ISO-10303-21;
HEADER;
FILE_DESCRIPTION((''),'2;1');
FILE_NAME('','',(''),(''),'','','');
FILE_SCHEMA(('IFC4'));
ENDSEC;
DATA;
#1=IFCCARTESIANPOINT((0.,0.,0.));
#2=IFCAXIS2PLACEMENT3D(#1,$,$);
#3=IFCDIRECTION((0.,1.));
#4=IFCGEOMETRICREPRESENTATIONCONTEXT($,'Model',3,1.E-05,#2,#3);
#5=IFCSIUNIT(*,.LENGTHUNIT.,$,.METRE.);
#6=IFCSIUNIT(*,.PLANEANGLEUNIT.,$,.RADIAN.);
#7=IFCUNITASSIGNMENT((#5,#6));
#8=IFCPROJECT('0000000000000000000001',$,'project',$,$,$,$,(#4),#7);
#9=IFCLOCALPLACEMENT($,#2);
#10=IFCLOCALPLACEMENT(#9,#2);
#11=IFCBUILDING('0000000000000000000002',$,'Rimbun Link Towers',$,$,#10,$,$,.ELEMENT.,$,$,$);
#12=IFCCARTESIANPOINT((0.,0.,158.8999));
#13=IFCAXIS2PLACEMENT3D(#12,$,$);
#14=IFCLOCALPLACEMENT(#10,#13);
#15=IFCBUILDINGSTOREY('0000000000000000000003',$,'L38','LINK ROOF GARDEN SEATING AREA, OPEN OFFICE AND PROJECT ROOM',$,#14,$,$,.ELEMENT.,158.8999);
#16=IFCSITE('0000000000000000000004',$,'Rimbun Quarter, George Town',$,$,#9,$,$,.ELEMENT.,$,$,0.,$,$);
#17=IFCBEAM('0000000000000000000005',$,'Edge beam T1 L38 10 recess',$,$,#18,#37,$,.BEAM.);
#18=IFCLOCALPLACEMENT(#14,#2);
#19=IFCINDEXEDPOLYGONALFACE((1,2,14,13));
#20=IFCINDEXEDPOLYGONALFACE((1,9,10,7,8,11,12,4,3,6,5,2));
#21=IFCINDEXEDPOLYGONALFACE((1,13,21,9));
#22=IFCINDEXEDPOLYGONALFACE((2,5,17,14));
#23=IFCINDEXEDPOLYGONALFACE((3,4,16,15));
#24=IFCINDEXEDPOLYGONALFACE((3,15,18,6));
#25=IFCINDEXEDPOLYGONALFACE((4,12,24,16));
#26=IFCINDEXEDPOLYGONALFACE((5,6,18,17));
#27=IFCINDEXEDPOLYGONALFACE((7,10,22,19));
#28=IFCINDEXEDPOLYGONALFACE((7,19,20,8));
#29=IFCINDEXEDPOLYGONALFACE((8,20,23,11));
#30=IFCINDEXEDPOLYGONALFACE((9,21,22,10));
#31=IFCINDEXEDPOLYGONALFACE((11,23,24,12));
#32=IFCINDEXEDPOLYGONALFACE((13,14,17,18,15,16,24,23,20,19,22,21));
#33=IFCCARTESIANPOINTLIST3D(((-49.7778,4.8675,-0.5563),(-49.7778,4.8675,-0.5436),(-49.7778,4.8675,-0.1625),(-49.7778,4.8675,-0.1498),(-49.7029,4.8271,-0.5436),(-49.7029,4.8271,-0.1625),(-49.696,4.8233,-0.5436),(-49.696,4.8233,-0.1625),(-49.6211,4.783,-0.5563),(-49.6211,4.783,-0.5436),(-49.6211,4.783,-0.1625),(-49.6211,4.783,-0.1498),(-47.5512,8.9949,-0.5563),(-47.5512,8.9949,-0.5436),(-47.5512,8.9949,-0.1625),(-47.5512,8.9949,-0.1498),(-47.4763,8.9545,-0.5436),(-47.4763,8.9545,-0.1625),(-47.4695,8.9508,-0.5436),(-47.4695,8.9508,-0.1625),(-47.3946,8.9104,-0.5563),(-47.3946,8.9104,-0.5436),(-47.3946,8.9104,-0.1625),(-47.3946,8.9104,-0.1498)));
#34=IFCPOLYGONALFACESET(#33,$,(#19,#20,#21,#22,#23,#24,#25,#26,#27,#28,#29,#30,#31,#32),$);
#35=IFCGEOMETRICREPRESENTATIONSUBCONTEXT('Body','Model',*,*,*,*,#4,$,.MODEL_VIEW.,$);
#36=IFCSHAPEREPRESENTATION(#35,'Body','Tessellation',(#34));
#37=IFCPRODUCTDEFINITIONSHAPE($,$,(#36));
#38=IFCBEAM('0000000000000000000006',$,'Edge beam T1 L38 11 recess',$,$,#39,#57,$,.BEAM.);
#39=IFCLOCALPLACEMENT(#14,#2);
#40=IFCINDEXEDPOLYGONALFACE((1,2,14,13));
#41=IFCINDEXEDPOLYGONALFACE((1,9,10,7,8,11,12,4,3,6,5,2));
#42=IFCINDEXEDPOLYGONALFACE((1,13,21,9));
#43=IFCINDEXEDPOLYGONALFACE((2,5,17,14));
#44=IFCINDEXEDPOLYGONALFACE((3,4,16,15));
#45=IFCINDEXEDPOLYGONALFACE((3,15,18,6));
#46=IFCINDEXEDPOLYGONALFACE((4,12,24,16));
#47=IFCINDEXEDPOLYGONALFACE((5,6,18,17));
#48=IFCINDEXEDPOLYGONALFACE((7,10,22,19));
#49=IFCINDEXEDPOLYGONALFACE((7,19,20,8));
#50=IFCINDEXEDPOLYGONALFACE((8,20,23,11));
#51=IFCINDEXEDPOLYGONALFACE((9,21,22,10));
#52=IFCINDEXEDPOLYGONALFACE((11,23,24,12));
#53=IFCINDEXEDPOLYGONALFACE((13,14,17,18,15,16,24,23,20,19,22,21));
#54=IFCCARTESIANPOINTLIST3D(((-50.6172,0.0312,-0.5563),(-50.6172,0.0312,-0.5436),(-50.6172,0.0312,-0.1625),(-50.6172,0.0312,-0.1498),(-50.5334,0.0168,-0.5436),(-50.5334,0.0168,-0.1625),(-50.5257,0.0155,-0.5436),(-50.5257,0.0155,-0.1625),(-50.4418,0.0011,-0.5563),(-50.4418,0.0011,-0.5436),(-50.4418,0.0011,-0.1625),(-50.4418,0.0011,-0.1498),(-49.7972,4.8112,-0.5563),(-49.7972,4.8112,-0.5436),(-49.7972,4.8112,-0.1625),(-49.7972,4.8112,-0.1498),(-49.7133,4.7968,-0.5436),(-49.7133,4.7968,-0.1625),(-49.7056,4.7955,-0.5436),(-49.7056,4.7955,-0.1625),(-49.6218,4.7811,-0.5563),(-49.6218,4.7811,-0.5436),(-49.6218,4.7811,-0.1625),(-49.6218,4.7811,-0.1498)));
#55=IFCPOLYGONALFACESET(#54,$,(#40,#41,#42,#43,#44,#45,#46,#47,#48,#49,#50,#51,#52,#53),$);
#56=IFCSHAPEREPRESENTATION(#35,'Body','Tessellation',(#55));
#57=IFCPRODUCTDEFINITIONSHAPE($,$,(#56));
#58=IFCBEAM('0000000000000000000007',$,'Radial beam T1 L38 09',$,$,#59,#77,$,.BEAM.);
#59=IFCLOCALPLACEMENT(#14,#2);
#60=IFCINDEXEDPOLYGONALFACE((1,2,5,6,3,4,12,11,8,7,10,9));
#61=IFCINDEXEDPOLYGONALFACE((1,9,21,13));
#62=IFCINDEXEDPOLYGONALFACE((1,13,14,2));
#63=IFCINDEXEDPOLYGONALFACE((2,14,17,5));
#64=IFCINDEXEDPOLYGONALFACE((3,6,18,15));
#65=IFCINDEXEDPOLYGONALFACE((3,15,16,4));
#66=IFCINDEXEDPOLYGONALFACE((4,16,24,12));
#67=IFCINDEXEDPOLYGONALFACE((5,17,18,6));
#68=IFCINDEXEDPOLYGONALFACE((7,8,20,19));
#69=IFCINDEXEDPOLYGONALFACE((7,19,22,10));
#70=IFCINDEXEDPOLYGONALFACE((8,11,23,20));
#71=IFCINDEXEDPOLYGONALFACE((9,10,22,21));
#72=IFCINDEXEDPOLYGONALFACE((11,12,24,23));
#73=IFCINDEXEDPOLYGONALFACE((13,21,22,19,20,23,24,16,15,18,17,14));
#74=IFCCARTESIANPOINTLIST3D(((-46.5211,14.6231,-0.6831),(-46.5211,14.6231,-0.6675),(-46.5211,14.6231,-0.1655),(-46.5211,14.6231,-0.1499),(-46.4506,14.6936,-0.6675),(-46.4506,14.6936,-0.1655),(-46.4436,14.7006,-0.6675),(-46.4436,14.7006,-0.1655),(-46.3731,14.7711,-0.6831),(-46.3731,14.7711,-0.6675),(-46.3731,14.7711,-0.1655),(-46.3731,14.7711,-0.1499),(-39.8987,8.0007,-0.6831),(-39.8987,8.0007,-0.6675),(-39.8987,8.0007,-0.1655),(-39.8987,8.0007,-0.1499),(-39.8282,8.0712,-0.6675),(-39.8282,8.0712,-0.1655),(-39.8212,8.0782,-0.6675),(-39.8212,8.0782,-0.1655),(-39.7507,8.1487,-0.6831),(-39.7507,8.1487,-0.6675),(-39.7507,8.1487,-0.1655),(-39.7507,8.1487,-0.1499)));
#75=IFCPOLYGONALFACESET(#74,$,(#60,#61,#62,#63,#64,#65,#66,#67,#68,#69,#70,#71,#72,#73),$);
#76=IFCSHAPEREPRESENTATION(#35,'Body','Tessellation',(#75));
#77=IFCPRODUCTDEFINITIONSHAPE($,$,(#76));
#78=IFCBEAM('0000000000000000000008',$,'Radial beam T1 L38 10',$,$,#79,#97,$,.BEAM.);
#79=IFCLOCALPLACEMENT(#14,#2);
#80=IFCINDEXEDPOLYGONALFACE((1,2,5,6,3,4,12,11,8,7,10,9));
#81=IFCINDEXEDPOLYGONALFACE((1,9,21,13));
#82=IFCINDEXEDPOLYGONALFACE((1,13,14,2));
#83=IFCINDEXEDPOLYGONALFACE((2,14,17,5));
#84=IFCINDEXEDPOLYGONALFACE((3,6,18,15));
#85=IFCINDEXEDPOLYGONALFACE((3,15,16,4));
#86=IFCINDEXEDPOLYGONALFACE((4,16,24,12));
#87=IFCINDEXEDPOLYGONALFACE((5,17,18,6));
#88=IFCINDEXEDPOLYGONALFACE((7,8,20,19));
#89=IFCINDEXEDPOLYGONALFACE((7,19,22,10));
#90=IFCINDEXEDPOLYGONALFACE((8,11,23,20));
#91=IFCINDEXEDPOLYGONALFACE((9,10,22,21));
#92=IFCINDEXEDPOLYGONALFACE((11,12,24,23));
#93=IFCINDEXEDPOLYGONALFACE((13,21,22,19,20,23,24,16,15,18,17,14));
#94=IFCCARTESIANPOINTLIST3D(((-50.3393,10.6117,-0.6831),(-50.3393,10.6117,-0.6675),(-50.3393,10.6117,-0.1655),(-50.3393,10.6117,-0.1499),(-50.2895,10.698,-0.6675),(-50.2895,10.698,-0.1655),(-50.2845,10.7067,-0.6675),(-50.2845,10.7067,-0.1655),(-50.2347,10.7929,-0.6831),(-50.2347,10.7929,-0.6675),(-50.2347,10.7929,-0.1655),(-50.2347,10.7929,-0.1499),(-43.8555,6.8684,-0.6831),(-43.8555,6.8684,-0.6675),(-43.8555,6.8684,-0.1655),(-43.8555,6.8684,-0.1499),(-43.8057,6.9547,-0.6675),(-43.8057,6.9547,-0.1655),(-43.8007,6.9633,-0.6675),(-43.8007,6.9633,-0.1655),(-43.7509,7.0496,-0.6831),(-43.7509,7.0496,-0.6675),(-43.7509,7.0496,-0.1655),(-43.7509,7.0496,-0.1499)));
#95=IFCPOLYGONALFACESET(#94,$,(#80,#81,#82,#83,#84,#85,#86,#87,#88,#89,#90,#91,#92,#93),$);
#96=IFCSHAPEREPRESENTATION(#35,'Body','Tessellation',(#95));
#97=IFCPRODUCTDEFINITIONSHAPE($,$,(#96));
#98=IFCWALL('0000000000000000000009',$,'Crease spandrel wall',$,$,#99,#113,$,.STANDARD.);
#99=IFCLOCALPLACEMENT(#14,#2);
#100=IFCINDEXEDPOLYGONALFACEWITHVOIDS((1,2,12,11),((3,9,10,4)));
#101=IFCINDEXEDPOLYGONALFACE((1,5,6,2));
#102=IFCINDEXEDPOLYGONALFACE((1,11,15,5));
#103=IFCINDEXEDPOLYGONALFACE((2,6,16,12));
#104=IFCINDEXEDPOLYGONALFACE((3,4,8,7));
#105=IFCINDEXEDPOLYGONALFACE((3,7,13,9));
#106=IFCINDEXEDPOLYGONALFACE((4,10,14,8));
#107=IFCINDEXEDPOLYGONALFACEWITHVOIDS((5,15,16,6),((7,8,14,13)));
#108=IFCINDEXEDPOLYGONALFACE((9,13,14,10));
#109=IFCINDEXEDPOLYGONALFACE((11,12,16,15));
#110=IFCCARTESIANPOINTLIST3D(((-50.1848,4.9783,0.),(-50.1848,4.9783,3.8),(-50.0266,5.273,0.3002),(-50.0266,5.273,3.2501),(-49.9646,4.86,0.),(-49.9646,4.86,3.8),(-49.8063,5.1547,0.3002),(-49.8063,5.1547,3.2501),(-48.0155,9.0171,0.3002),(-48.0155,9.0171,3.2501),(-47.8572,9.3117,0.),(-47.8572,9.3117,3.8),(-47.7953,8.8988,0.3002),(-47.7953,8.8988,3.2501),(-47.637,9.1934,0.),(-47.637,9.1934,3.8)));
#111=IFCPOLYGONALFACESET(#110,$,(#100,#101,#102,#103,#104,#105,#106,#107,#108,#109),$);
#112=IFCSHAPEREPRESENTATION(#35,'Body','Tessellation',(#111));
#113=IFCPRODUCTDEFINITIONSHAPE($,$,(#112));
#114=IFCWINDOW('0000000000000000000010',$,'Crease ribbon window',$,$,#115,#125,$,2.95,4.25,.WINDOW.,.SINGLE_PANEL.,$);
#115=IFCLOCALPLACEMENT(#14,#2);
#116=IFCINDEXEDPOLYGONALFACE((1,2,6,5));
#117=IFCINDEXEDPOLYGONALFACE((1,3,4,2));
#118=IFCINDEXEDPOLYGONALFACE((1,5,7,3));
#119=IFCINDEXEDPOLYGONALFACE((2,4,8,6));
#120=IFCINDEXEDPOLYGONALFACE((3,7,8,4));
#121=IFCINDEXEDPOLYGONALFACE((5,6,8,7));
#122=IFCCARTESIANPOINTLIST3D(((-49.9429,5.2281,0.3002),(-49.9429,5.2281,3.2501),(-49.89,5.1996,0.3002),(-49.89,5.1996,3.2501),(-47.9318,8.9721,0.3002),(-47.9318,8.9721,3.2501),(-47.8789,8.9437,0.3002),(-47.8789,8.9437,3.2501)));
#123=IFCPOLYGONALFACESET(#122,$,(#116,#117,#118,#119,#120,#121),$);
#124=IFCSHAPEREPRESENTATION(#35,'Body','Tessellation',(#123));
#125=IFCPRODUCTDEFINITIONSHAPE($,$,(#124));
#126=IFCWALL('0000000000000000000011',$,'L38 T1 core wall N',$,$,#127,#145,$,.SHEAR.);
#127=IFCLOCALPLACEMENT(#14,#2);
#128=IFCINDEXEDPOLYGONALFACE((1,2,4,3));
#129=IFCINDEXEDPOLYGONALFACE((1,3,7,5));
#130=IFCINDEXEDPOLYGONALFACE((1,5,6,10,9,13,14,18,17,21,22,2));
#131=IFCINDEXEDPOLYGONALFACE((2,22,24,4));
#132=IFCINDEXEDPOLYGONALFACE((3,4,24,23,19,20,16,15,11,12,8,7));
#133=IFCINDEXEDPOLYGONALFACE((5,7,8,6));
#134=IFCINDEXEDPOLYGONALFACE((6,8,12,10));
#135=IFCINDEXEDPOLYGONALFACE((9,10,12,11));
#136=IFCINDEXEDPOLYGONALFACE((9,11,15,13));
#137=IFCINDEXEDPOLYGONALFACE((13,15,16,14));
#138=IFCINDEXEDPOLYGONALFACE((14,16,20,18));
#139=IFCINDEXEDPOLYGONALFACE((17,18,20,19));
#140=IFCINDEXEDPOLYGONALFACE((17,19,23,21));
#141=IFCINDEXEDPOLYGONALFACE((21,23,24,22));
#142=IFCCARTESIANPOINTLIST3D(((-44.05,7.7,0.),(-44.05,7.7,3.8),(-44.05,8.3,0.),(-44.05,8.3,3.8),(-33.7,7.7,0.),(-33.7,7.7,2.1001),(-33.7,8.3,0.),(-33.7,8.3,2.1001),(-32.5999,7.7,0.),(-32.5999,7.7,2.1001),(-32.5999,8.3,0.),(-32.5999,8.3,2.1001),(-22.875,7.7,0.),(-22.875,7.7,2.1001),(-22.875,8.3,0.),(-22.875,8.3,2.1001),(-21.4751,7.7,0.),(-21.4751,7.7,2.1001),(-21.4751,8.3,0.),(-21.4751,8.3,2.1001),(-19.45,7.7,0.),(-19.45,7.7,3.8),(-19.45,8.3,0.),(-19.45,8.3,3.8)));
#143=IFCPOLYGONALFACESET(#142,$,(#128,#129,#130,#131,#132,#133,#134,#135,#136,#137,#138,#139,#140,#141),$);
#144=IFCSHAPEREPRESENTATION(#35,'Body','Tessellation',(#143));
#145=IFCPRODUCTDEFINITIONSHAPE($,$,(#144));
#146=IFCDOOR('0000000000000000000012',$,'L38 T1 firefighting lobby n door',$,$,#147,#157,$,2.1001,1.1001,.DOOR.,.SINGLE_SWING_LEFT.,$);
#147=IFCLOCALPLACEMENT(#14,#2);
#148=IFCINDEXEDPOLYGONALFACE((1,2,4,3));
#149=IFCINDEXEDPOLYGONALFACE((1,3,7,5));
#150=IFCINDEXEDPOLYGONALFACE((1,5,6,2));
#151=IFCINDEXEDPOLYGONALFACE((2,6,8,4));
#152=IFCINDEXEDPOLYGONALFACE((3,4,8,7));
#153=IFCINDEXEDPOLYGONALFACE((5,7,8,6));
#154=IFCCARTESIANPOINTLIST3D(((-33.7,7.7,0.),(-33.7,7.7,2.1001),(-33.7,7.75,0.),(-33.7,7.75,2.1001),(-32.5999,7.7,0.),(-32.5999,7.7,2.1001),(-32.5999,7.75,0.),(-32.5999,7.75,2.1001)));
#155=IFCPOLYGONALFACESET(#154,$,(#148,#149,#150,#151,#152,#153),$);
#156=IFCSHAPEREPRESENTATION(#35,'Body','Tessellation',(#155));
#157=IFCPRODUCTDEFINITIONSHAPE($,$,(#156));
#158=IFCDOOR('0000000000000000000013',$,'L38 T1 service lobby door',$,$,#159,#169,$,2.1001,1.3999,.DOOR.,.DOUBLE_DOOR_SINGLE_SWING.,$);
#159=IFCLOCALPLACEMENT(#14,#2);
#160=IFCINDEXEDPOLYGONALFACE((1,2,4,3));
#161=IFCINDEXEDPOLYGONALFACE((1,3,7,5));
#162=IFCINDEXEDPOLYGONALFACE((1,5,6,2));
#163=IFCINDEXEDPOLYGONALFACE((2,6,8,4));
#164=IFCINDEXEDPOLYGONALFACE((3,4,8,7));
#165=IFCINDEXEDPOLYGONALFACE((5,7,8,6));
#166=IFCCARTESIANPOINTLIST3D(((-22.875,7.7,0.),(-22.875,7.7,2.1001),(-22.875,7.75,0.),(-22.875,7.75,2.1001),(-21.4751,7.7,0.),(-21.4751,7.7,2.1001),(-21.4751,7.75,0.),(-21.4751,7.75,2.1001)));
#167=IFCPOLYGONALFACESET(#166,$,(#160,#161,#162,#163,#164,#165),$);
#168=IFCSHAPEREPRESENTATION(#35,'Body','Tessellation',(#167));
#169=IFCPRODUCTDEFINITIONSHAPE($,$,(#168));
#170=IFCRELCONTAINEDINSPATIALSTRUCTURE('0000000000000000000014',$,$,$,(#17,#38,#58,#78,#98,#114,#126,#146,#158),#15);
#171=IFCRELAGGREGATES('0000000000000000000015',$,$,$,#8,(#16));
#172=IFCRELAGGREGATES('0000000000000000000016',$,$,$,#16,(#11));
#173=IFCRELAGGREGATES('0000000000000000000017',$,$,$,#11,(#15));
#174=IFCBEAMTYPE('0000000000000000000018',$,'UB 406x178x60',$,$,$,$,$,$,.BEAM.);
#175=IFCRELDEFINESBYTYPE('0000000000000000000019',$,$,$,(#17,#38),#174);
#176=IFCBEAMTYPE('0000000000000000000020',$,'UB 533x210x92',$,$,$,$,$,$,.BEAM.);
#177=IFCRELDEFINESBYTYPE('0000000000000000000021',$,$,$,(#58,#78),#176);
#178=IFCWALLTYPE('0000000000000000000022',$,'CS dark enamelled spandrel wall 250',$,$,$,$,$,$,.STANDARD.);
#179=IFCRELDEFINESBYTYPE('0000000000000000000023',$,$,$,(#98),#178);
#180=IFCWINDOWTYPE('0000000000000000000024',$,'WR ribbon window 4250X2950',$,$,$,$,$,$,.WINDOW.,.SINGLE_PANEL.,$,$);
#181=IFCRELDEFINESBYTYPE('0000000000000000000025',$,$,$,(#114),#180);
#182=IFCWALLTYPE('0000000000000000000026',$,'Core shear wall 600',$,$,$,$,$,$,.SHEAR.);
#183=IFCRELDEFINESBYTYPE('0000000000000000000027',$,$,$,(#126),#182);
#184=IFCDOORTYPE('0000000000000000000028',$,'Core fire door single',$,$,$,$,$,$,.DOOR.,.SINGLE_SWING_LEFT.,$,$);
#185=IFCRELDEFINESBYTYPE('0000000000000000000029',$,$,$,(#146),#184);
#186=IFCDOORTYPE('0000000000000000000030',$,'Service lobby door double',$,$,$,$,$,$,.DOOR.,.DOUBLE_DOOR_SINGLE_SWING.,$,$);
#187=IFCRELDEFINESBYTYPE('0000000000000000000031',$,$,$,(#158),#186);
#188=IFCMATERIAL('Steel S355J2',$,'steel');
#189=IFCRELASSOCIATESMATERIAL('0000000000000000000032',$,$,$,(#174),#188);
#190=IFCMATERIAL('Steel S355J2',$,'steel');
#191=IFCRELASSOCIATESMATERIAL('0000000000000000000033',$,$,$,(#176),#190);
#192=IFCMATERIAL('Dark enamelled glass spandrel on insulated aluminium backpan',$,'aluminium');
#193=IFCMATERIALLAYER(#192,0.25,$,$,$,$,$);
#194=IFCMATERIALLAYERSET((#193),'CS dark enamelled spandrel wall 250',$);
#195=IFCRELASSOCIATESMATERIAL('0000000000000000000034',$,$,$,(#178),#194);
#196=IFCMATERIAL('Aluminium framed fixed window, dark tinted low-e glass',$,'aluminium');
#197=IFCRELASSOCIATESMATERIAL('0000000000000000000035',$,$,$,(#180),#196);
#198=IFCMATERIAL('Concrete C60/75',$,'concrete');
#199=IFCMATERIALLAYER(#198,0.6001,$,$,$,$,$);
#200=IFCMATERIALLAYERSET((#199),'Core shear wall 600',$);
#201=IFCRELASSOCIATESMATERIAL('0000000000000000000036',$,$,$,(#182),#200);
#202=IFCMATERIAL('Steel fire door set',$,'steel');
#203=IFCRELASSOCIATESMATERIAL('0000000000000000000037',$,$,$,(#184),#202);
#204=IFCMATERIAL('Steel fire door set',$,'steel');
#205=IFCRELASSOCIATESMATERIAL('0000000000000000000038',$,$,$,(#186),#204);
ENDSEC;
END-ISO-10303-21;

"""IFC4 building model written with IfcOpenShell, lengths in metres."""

from ifc_helpers import new_model, si_unit, direction, frame, frame_2d, origin, origin_2d, place, context, subcontext, project, spatial, rectangle, i_section, extrude, material, layer, layer_set, material_profile, profile_set, type_object, element, fill, save


model = new_model("IFC4")

# Units and contexts
model_context = context("Model", 3, precision=1e-05, world=origin(), true_north=direction((0.0, 1.0)))
body_context = subcontext(model_context, "Body", "Model", "MODEL_VIEW")
ifc_project = project(units=[si_unit("LENGTHUNIT", "METRE"), si_unit("PLANEANGLEUNIT", "RADIAN")], contexts=[model_context])

# Site, building, storey
site_placement = place(None, origin())
site = spatial("IfcSite", under=ifc_project, at=site_placement, Name="Rimbun Quarter, George Town", CompositionType="ELEMENT", RefElevation=0.0)
building_placement = place(site_placement, origin())
building = spatial("IfcBuilding", under=site, at=building_placement, Name="Rimbun Link Towers", CompositionType="ELEMENT")
storey_placement = place(building_placement, frame((0.0, 0.0, 158.8999)))
storey = spatial("IfcBuildingStorey", under=building, at=storey_placement, Name="L38", Description="LINK ROOF GARDEN SEATING AREA, OPEN OFFICE AND PROJECT ROOM", CompositionType="ELEMENT", Elevation=158.8999)

# Beams
ifc_material_1 = material(Name="Steel S355J2", Category="steel")
ifc_material_profile_1 = material_profile(ifc_material_1, i_section(OverallWidth=0.178, OverallDepth=0.4065, WebThickness=0.0078, FlangeThickness=0.0127, at=origin_2d()), Name="UB 406x178x60")
ifc_profile_set_1 = profile_set([ifc_material_profile_1], Name="Steel S355J2")
beam_type_1 = type_object("IfcBeamType", Name="UB 406x178x60", PredefinedType="BEAM", material=ifc_profile_set_1)
beam_1_placement = place(storey_placement, frame((-47.4729, 8.9526, -0.353), z_axis=(-0.474776, -0.880106, 0.0), x_axis=(0.880106, -0.474776, 0.0)))
element("IfcBeam", 1, at=beam_1_placement, inside=storey, type_object=beam_type_1, Name="Edge beam T1 L38 10 recess", PredefinedType="BEAM", context=body_context, shape_type="SweptSolid", body=[
    extrude(i_section(OverallWidth=0.178, OverallDepth=0.4065, WebThickness=0.0078, FlangeThickness=0.0127, at=origin_2d()), origin(), (0.0, 0.0, 1.0), 4.6897),
])
beam_2_placement = place(storey_placement, frame((-49.7095, 4.7961, -0.353), z_axis=(-0.169091, -0.9856, 0.0), x_axis=(0.9856, -0.169091, 0.0)))
element("IfcBeam", 2, at=beam_2_placement, inside=storey, type_object=beam_type_1, Name="Edge beam T1 L38 11 recess", PredefinedType="BEAM", context=body_context, shape_type="SweptSolid", body=[
    extrude(i_section(OverallWidth=0.178, OverallDepth=0.4065, WebThickness=0.0078, FlangeThickness=0.0127, at=origin_2d()), origin(), (0.0, 0.0, 1.0), 4.8499),
])
ifc_material_2 = material(Name="Steel S355J2", Category="steel")
ifc_material_profile_2 = material_profile(ifc_material_2, i_section(OverallWidth=0.2092, OverallDepth=0.5332, WebThickness=0.01, FlangeThickness=0.0156, at=origin_2d()), Name="UB 533x210x92")
ifc_profile_set_2 = profile_set([ifc_material_profile_2], Name="Steel S355J2")
beam_type_2 = type_object("IfcBeamType", Name="UB 533x210x92", PredefinedType="BEAM", material=ifc_profile_set_2)
beam_3_placement = place(storey_placement, frame((-39.8247, 8.0747, -0.4165), z_axis=(-0.707107, 0.707107, 0.0), x_axis=(-0.707107, -0.707107, 0.0)))
element("IfcBeam", 3, at=beam_3_placement, inside=storey, type_object=beam_type_2, Name="Radial beam T1 L38 09", PredefinedType="BEAM", context=body_context, shape_type="SweptSolid", body=[
    extrude(i_section(OverallWidth=0.2092, OverallDepth=0.5332, WebThickness=0.01, FlangeThickness=0.0156, at=origin_2d()), origin(), (0.0, 0.0, 1.0), 9.3655),
])
beam_4_placement = place(storey_placement, frame((-43.8032, 6.959, -0.4165), z_axis=(-0.866029, 0.499993, 0.0), x_axis=(-0.499993, -0.866029, 0.0)))
element("IfcBeam", 4, at=beam_4_placement, inside=storey, type_object=beam_type_2, Name="Radial beam T1 L38 10", PredefinedType="BEAM", context=body_context, shape_type="SweptSolid", body=[
    extrude(i_section(OverallWidth=0.2092, OverallDepth=0.5332, WebThickness=0.01, FlangeThickness=0.0156, at=origin_2d()), origin(), (0.0, 0.0, 1.0), 7.4868),
])

# Shared definitions
ifc_material_3 = material(Name="Dark enamelled glass spandrel on insulated aluminium backpan", Category="aluminium")
ifc_layer_1 = layer(ifc_material_3, 0.25)
ifc_layer_set_1 = layer_set([ifc_layer_1], Name="CS dark enamelled spandrel wall 250")
wall_type_1 = type_object("IfcWallType", Name="CS dark enamelled spandrel wall 250", PredefinedType="STANDARD", material=ifc_layer_set_1)

# Wall, opening, window
wall_1_placement = place(storey_placement, frame((-50.0747, 4.9192, 0.0), z_axis=(0.0, 0.0, 1.0), x_axis=(0.473188, 0.880961, 0.0)))
wall_1 = element("IfcWall", 5, at=wall_1_placement, inside=storey, type_object=wall_type_1, Name="Crease spandrel wall", PredefinedType="STANDARD", context=body_context, shape_type="SweptSolid", body=[
    extrude(rectangle(XDim=4.9189, YDim=0.25, at=frame_2d((2.4595, 0.0))), origin(), (0.0, 0.0, 1.0), 3.8),
])
opening_1_placement = place(wall_1_placement, frame((0.3345, 0.0, 0.3)))
opening_1 = element("IfcOpeningElement", 6, at=opening_1_placement, cuts=wall_1, PredefinedType="OPENING", context=body_context, shape_type="SweptSolid", body=[
    extrude(rectangle(XDim=4.25, YDim=2.95, at=frame_2d((2.125, 1.4751))), frame((0.0, 0.135, 0.0), z_axis=(0.0, -1.0, 0.0), x_axis=(1.0, 0.0, 0.0)), (0.0, 0.0, 1.0), 0.27),
])
ifc_material_4 = material(Name="Aluminium framed fixed window, dark tinted low-e glass", Category="aluminium")
window_type_1 = type_object("IfcWindowType", Name="WR ribbon window 4250X2950", PartitioningType="SINGLE_PANEL", PredefinedType="WINDOW", material=ifc_material_4)
window_1_placement = place(opening_1_placement, origin())
window_1 = element("IfcWindow", 7, at=window_1_placement, inside=storey, type_object=window_type_1, Name="Crease ribbon window", OverallHeight=2.95, OverallWidth=4.25, PartitioningType="SINGLE_PANEL", PredefinedType="WINDOW", context=body_context, shape_type="SweptSolid", body=[
    extrude(rectangle(XDim=4.25, YDim=2.95, at=frame_2d((2.125, 1.4751))), frame((0.0, 0.03, 0.0), z_axis=(0.0, -1.0, 0.0), x_axis=(1.0, 0.0, 0.0)), (0.0, 0.0, 1.0), 0.0601),
])
fill(opening_1, window_1)

# Wall, openings, doors
ifc_material_5 = material(Name="Concrete C60/75", Category="concrete")
ifc_layer_2 = layer(ifc_material_5, 0.6001)
ifc_layer_set_2 = layer_set([ifc_layer_2], Name="Core shear wall 600")
wall_type_2 = type_object("IfcWallType", Name="Core shear wall 600", PredefinedType="SHEAR", material=ifc_layer_set_2)
wall_2_placement = place(storey_placement, frame((-44.05, 8.0, 0.0), z_axis=(0.0, 0.0, 1.0), x_axis=(1.0, 0.0, 0.0)))
wall_2 = element("IfcWall", 8, at=wall_2_placement, inside=storey, type_object=wall_type_2, Name="L38 T1 core wall N", PredefinedType="SHEAR", context=body_context, shape_type="SweptSolid", body=[
    extrude(rectangle(XDim=24.6001, YDim=0.6001, at=frame_2d((12.3, 0.0))), origin(), (0.0, 0.0, 1.0), 3.8),
])
opening_2_placement = place(wall_2_placement, frame((10.3501, 0.0, 0.0)))
opening_2 = element("IfcOpeningElement", 9, at=opening_2_placement, cuts=wall_2, PredefinedType="OPENING", context=body_context, shape_type="SweptSolid", body=[
    extrude(rectangle(XDim=1.1001, YDim=2.1001, at=frame_2d((0.55, 1.05))), frame((0.0, 0.3101, 0.0), z_axis=(0.0, -1.0, 0.0), x_axis=(1.0, 0.0, 0.0)), (0.0, 0.0, 1.0), 0.6201),
])
opening_3_placement = place(wall_2_placement, frame((21.175, 0.0, 0.0)))
opening_3 = element("IfcOpeningElement", 10, at=opening_3_placement, cuts=wall_2, PredefinedType="OPENING", context=body_context, shape_type="SweptSolid", body=[
    extrude(rectangle(XDim=1.3999, YDim=2.1001, at=frame_2d((0.7, 1.05))), frame((0.0, 0.3101, 0.0), z_axis=(0.0, -1.0, 0.0), x_axis=(1.0, 0.0, 0.0)), (0.0, 0.0, 1.0), 0.6201),
])
ifc_material_6 = material(Name="Steel fire door set", Category="steel")
door_type_1 = type_object("IfcDoorType", Name="Core fire door single", OperationType="SINGLE_SWING_LEFT", PredefinedType="DOOR", material=ifc_material_6)
door_1_placement = place(opening_2_placement, origin())
door_1 = element("IfcDoor", 11, at=door_1_placement, inside=storey, type_object=door_type_1, Name="L38 T1 firefighting lobby n door", OperationType="SINGLE_SWING_LEFT", OverallHeight=2.1001, OverallWidth=1.1001, PredefinedType="DOOR", context=body_context, shape_type="SweptSolid", body=[
    extrude(rectangle(XDim=1.1001, YDim=2.1001, at=frame_2d((0.55, 1.05))), frame((0.0, -0.25, 0.0), z_axis=(0.0, -1.0, 0.0), x_axis=(1.0, 0.0, 0.0)), (0.0, 0.0, 1.0), 0.05),
])
fill(opening_2, door_1)
ifc_material_7 = material(Name="Steel fire door set", Category="steel")
door_type_2 = type_object("IfcDoorType", Name="Service lobby door double", OperationType="DOUBLE_DOOR_SINGLE_SWING", PredefinedType="DOOR", material=ifc_material_7)
door_2_placement = place(opening_3_placement, origin())
door_2 = element("IfcDoor", 12, at=door_2_placement, inside=storey, type_object=door_type_2, Name="L38 T1 service lobby door", OperationType="DOUBLE_DOOR_SINGLE_SWING", OverallHeight=2.1001, OverallWidth=1.3999, PredefinedType="DOOR", context=body_context, shape_type="SweptSolid", body=[
    extrude(rectangle(XDim=1.3999, YDim=2.1001, at=frame_2d((0.7, 1.05))), frame((0.0, -0.25, 0.0), z_axis=(0.0, -1.0, 0.0), x_axis=(1.0, 0.0, 0.0)), (0.0, 0.0, 1.0), 0.05),
])
fill(opening_3, door_2)

save(model, "model.ifc")
